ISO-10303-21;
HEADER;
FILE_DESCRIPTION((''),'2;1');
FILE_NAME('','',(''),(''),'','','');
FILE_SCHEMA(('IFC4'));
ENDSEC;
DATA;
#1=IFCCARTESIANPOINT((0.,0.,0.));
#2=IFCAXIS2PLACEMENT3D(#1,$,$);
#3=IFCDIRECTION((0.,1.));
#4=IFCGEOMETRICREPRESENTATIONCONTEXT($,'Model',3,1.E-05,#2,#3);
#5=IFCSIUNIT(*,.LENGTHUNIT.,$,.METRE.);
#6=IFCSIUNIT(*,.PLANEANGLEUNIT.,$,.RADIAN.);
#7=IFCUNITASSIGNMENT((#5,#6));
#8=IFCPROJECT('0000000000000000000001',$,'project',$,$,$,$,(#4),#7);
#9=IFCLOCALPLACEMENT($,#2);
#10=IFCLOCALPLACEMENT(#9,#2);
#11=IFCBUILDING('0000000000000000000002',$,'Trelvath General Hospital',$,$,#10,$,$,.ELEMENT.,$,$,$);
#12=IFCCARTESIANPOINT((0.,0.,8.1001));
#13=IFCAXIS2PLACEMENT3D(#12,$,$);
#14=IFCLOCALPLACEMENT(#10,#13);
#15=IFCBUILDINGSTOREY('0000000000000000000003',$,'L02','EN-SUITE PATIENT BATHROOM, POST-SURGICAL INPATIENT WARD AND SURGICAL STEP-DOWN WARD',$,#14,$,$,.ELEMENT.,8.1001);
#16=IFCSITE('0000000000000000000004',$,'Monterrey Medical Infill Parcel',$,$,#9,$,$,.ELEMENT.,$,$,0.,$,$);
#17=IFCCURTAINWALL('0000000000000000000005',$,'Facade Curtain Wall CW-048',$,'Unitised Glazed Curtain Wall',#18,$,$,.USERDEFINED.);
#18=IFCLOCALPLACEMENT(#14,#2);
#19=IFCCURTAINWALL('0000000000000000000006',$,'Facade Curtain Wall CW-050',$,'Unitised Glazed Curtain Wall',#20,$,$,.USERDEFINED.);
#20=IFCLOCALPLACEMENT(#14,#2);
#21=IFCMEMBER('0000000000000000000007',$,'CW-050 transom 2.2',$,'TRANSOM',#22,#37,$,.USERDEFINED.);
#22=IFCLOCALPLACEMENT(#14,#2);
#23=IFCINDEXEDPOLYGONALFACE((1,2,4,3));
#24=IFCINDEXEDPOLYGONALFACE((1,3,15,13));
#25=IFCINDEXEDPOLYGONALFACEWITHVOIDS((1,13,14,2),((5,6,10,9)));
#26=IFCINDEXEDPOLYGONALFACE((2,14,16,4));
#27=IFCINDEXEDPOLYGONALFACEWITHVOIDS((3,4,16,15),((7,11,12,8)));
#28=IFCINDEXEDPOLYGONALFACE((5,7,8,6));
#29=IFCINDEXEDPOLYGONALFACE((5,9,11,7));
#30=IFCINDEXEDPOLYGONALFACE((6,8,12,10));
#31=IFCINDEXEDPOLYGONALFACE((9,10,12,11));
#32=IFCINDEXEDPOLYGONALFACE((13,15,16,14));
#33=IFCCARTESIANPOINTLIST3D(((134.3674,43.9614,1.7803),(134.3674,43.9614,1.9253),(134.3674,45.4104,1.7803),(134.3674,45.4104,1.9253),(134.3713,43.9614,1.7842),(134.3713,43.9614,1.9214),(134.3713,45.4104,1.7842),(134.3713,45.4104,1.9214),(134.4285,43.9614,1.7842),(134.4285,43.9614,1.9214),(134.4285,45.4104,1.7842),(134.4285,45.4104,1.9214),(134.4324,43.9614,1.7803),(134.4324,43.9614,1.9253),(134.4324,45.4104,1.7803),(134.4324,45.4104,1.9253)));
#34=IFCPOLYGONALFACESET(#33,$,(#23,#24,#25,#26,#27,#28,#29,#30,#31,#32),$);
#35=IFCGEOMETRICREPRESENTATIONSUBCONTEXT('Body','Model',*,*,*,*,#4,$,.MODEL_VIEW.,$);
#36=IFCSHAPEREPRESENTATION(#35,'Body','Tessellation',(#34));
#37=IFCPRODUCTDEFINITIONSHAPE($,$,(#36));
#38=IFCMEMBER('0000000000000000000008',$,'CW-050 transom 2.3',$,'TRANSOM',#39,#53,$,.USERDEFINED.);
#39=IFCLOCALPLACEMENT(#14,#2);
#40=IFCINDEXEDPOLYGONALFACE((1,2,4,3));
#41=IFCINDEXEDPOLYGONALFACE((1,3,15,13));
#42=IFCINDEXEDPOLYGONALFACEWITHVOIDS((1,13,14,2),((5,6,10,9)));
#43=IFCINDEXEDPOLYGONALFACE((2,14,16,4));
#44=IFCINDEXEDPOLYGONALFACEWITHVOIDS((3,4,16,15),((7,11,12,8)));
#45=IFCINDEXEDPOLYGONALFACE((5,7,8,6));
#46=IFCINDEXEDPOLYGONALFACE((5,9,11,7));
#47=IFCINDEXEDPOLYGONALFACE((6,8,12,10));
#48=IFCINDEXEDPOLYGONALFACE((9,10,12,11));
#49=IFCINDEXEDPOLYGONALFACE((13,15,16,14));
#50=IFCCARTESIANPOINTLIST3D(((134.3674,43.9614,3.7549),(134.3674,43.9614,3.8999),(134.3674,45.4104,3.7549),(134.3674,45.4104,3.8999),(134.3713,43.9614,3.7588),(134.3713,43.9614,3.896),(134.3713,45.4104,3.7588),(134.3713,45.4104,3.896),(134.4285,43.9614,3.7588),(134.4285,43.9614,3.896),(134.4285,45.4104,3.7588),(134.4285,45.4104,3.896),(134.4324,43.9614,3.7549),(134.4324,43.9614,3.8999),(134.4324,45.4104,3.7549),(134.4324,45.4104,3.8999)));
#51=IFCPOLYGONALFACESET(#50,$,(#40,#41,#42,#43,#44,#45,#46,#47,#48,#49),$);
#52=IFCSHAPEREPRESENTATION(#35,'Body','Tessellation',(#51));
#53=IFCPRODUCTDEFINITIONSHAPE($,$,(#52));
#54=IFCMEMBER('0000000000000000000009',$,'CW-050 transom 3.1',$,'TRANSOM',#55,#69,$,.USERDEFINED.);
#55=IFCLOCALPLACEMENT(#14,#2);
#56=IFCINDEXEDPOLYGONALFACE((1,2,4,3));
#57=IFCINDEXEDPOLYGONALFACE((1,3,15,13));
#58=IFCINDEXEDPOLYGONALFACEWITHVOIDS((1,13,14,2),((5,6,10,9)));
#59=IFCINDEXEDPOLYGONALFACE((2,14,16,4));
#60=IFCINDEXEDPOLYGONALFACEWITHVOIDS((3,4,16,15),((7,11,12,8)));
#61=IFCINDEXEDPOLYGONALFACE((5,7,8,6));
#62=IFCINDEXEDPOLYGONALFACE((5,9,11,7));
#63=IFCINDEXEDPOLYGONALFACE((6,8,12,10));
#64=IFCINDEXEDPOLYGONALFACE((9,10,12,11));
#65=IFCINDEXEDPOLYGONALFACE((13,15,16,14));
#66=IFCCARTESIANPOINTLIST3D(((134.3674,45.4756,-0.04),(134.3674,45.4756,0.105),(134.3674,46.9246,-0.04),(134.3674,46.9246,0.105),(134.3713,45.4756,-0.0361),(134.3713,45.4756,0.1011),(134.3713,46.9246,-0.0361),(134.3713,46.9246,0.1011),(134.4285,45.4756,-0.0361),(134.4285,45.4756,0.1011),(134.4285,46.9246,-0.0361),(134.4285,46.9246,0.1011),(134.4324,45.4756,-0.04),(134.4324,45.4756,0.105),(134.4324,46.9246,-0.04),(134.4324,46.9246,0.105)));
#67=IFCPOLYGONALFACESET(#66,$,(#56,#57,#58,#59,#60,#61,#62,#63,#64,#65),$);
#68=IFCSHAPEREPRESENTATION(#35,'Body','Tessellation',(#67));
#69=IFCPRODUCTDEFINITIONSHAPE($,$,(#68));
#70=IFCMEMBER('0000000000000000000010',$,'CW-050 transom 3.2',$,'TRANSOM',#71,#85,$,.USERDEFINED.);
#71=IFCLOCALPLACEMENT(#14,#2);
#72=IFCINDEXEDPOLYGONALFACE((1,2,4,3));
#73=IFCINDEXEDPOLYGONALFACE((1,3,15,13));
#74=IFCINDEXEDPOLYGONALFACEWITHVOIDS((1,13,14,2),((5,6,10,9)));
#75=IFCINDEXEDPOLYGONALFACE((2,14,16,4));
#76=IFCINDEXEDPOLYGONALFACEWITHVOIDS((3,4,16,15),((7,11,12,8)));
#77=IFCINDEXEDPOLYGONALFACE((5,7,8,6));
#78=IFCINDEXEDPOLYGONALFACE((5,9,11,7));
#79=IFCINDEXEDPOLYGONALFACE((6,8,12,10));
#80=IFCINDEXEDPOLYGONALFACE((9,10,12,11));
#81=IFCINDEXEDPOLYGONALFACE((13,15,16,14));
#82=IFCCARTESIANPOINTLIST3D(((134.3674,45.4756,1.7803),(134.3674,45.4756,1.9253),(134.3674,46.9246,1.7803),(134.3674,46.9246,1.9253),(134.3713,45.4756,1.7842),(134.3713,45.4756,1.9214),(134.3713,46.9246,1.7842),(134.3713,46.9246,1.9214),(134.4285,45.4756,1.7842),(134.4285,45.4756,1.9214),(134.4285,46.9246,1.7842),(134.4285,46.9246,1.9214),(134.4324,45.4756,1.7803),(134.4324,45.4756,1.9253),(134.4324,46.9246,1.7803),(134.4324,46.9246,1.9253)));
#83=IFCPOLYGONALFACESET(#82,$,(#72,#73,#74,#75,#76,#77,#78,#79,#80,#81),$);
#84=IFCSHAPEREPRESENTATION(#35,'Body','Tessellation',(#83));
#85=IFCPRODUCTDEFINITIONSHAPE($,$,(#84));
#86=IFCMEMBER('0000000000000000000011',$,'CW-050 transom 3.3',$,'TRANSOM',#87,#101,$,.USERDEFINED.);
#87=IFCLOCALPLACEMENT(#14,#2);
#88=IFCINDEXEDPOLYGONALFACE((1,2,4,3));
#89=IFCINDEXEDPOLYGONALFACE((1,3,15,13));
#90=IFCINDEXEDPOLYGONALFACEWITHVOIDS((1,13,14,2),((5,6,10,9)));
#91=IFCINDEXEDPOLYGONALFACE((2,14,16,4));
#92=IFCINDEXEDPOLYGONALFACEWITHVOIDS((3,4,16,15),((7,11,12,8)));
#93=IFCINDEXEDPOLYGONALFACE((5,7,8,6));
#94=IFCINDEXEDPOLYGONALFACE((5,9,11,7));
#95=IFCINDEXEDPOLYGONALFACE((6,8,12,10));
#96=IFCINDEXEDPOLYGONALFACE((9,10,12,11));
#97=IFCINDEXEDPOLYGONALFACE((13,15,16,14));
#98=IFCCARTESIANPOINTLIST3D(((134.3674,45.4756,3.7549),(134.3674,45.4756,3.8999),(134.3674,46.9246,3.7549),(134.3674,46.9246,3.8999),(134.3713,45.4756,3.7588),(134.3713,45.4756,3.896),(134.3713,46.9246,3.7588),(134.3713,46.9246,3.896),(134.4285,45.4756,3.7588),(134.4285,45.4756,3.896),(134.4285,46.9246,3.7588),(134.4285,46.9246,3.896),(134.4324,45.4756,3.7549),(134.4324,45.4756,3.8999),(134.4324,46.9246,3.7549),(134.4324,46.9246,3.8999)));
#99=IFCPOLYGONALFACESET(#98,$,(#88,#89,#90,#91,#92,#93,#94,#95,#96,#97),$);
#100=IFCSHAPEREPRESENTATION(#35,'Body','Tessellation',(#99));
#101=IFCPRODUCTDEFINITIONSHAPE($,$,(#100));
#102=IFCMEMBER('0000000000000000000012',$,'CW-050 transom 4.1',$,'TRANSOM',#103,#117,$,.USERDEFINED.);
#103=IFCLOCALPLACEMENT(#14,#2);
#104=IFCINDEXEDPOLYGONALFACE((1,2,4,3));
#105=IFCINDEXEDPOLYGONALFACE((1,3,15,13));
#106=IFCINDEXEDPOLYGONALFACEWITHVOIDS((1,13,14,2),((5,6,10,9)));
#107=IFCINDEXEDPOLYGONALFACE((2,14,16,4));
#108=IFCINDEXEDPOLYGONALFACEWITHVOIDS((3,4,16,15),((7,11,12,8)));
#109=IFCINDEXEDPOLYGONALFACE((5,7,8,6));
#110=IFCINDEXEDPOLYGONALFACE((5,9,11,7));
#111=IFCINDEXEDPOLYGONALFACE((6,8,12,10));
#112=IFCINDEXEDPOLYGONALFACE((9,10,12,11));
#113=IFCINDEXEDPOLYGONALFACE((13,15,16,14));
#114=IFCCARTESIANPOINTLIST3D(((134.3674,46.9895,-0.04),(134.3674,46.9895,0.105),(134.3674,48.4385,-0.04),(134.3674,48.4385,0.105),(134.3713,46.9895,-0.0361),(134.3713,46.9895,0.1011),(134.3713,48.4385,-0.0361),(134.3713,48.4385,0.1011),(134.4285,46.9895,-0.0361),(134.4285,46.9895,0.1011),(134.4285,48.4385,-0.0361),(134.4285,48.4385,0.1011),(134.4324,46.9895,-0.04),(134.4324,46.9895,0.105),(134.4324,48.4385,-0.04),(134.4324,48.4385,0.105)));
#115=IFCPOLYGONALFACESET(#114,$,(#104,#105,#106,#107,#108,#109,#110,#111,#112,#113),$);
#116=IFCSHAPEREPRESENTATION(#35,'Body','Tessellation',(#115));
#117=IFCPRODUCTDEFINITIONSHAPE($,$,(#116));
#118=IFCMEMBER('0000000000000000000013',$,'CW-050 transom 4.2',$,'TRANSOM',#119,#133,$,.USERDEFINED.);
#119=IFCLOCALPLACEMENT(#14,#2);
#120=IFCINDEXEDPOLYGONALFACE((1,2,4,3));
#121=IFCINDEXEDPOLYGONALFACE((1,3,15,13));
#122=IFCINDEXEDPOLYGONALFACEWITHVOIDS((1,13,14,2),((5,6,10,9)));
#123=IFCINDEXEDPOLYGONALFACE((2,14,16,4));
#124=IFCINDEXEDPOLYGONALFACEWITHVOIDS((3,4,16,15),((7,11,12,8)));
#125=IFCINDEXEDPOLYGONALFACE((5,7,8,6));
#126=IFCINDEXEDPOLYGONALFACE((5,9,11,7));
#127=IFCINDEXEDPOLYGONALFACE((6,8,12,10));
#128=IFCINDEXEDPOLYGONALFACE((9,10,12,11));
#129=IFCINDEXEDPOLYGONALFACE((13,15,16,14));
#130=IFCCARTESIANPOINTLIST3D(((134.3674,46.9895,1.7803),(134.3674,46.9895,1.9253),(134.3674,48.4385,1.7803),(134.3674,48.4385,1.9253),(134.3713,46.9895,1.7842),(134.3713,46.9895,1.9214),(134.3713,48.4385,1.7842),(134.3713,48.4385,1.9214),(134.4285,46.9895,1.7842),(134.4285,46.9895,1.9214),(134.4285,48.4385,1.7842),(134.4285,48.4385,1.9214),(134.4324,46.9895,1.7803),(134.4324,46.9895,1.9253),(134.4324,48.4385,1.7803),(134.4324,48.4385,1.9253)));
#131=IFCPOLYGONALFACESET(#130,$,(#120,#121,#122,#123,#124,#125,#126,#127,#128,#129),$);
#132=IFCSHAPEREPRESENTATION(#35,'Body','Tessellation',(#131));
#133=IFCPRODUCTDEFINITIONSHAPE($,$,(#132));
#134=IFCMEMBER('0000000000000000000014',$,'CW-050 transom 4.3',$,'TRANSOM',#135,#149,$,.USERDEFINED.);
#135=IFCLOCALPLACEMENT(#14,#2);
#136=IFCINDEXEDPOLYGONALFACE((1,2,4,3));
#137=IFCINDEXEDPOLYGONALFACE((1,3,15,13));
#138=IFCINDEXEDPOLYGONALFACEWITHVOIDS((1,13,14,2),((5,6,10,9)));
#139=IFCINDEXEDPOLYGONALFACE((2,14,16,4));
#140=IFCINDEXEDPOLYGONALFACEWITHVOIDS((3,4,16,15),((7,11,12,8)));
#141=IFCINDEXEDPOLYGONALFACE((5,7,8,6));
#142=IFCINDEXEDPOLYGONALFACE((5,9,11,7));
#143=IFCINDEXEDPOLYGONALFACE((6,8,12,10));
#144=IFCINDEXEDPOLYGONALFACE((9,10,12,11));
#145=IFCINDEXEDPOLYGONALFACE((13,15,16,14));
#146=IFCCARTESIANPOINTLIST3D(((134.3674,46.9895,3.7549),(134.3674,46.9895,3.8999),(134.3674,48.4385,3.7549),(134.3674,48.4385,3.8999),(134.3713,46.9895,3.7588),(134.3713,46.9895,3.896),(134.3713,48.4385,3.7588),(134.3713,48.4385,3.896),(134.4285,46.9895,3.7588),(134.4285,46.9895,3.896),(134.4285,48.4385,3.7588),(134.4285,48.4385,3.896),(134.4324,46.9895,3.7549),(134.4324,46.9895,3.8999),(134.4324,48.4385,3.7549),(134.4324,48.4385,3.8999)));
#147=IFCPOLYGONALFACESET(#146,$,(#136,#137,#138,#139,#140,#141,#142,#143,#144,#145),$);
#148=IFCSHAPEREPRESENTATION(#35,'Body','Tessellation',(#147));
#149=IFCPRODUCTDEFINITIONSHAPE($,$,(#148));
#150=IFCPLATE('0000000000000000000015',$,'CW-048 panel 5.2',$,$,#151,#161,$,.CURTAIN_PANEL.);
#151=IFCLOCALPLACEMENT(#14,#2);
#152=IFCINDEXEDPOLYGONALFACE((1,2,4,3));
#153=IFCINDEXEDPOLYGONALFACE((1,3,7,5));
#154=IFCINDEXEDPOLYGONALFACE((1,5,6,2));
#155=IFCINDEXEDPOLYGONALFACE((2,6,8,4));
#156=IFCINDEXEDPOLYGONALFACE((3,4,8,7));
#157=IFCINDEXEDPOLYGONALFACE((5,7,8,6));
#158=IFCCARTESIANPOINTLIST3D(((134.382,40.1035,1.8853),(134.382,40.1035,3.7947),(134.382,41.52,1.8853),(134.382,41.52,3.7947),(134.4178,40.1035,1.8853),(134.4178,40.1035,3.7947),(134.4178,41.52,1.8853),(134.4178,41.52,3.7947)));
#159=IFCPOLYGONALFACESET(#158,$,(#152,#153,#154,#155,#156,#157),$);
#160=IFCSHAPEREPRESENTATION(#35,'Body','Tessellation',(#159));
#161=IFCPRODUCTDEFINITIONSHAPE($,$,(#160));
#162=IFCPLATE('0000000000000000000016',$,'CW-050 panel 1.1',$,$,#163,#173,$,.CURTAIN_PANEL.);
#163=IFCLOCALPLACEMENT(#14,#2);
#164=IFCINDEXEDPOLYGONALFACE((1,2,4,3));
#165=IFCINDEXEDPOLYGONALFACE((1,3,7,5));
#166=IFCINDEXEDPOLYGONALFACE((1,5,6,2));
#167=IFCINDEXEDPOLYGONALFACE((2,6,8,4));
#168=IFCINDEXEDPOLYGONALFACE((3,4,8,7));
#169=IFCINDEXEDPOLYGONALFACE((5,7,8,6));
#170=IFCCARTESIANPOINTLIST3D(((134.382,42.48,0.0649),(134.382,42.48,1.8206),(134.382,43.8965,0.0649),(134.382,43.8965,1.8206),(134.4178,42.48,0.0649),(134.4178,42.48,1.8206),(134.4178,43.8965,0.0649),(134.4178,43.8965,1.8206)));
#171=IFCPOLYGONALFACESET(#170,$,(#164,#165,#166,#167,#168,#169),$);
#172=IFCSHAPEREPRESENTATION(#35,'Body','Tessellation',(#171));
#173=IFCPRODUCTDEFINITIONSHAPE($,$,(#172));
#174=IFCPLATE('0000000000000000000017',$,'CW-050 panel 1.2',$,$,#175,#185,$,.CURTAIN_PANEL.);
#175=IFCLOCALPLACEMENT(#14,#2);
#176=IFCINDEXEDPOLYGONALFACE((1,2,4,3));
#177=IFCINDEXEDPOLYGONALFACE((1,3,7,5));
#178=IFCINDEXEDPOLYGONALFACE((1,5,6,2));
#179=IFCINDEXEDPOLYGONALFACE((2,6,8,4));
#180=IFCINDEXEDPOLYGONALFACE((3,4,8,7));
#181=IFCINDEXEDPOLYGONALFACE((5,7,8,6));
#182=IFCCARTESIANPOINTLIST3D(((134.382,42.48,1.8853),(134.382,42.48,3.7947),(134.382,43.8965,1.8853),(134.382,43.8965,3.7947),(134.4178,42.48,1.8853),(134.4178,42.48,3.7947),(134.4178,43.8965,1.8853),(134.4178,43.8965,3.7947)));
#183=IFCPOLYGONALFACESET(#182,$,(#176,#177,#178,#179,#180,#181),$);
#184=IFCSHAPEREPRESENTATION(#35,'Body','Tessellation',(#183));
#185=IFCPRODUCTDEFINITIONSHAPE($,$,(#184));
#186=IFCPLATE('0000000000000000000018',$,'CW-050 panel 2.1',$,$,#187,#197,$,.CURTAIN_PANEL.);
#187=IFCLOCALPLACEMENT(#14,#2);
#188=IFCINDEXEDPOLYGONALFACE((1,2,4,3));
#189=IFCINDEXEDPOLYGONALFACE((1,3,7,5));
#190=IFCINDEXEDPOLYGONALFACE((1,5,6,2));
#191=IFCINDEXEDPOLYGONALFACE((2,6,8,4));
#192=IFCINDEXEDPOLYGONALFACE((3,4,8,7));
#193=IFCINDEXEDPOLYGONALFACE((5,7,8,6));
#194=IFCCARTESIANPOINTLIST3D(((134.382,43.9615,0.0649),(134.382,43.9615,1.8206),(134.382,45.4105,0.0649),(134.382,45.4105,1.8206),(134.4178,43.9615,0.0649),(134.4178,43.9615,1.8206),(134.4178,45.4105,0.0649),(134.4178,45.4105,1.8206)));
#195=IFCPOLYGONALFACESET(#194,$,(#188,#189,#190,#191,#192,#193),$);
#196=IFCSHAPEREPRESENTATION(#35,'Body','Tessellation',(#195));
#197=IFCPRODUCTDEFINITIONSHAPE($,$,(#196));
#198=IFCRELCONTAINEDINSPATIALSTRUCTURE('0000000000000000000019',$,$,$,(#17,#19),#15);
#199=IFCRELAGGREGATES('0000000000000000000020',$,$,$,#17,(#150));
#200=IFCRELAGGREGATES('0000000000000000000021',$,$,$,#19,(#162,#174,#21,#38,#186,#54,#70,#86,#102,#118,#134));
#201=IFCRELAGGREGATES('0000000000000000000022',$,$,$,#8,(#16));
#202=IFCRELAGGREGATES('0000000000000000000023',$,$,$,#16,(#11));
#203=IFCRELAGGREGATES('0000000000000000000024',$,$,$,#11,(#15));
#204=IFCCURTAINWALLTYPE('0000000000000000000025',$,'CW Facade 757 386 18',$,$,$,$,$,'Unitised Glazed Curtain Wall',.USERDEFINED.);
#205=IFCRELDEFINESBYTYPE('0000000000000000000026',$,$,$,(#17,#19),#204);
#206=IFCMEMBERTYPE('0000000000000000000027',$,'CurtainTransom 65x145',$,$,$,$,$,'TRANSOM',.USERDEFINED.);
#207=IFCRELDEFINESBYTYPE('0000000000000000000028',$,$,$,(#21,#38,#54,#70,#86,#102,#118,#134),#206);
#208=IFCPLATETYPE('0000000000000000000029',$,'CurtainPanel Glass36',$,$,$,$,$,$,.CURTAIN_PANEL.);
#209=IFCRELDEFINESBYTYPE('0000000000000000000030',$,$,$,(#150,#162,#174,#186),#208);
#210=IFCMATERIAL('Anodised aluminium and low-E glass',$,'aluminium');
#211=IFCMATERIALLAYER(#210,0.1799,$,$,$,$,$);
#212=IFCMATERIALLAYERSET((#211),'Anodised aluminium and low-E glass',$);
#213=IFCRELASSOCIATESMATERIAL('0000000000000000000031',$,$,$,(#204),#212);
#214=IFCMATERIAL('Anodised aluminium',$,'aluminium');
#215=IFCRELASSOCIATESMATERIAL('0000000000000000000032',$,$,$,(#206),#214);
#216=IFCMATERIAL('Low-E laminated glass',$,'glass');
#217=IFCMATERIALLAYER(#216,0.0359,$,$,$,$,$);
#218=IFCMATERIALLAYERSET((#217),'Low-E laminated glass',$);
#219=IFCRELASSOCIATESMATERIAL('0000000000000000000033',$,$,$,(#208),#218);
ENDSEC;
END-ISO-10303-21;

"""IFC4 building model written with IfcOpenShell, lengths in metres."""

from ifc_helpers import new_model, si_unit, direction, frame, origin, origin_2d, place, context, subcontext, project, spatial, rectangle, hollow_rectangle, extrude, material, layer, layer_set, material_profile, profile_set, type_object, element, aggregate, save


model = new_model("IFC4")

# Units and contexts
model_context = context("Model", 3, precision=1e-05, world=origin(), true_north=direction((0.0, 1.0)))
body_context = subcontext(model_context, "Body", "Model", "MODEL_VIEW")
ifc_project = project(units=[si_unit("LENGTHUNIT", "METRE"), si_unit("PLANEANGLEUNIT", "RADIAN")], contexts=[model_context])

# Site, building, storey
site_placement = place(None, origin())
site = spatial("IfcSite", under=ifc_project, at=site_placement, Name="Monterrey Medical Infill Parcel", CompositionType="ELEMENT", RefElevation=0.0)
building_placement = place(site_placement, origin())
building = spatial("IfcBuilding", under=site, at=building_placement, Name="Trelvath General Hospital", CompositionType="ELEMENT")
storey_placement = place(building_placement, frame((0.0, 0.0, 8.1001)))
storey = spatial("IfcBuildingStorey", under=building, at=storey_placement, Name="L02", Description="EN-SUITE PATIENT BATHROOM, POST-SURGICAL INPATIENT WARD AND SURGICAL STEP-DOWN WARD", CompositionType="ELEMENT", Elevation=8.1001)

# Curtain wall
ifc_material_1 = material(Name="Anodised aluminium and low-E glass", Category="aluminium")
ifc_layer_1 = layer(ifc_material_1, 0.1799)
ifc_layer_set_1 = layer_set([ifc_layer_1], Name="Anodised aluminium and low-E glass")
curtain_wall_type = type_object("IfcCurtainWallType", Name="CW Facade 757 386 18", ElementType="Unitised Glazed Curtain Wall", PredefinedType="USERDEFINED", material=ifc_layer_set_1)
curtain_wall_1_placement = place(storey_placement, origin())
curtain_wall_1 = element("IfcCurtainWall", 1, at=curtain_wall_1_placement, inside=storey, type_object=curtain_wall_type, Name="Facade Curtain Wall CW-048", ObjectType="Unitised Glazed Curtain Wall", PredefinedType="USERDEFINED")

# Curtain wall, members
curtain_wall_2_placement = place(storey_placement, origin())
curtain_wall_2 = element("IfcCurtainWall", 2, at=curtain_wall_2_placement, inside=storey, type_object=curtain_wall_type, Name="Facade Curtain Wall CW-050", ObjectType="Unitised Glazed Curtain Wall", PredefinedType="USERDEFINED")
ifc_material_2 = material(Name="Anodised aluminium", Category="aluminium")
ifc_material_profile_1 = material_profile(ifc_material_2, hollow_rectangle(XDim=0.0649, YDim=0.145, WallThickness=0.0039, at=origin_2d()), Name="RHS65x145x4")
ifc_profile_set_1 = profile_set([ifc_material_profile_1], Name="Anodised aluminium")
member_type_1 = type_object("IfcMemberType", Name="CurtainTransom 65x145", ElementType="TRANSOM", PredefinedType="USERDEFINED", material=ifc_profile_set_1)
member_1_placement = place(storey_placement, frame((134.3999, 43.9614, 1.8528), z_axis=(0.0, 1.0, 0.0), x_axis=(-1.0, 0.0, 0.0)))
member_1 = element("IfcMember", 3, at=member_1_placement, type_object=member_type_1, Name="CW-050 transom 2.2", ObjectType="TRANSOM", PredefinedType="USERDEFINED", context=body_context, shape_type="SweptSolid", body=[
    extrude(hollow_rectangle(XDim=0.0649, YDim=0.145, WallThickness=0.0039, at=origin_2d()), origin(), (0.0, 0.0, 1.0), 1.449),
])
member_2_placement = place(storey_placement, frame((134.3999, 43.9614, 3.8274), z_axis=(0.0, 1.0, 0.0), x_axis=(-1.0, 0.0, 0.0)))
member_2 = element("IfcMember", 4, at=member_2_placement, type_object=member_type_1, Name="CW-050 transom 2.3", ObjectType="TRANSOM", PredefinedType="USERDEFINED", context=body_context, shape_type="SweptSolid", body=[
    extrude(hollow_rectangle(XDim=0.0649, YDim=0.145, WallThickness=0.0039, at=origin_2d()), origin(), (0.0, 0.0, 1.0), 1.449),
])
member_3_placement = place(storey_placement, frame((134.3999, 45.4756, 0.0325), z_axis=(0.0, 1.0, 0.0), x_axis=(-1.0, 0.0, 0.0)))
member_3 = element("IfcMember", 5, at=member_3_placement, type_object=member_type_1, Name="CW-050 transom 3.1", ObjectType="TRANSOM", PredefinedType="USERDEFINED", context=body_context, shape_type="SweptSolid", body=[
    extrude(hollow_rectangle(XDim=0.0649, YDim=0.145, WallThickness=0.0039, at=origin_2d()), origin(), (0.0, 0.0, 1.0), 1.449),
])
member_4_placement = place(storey_placement, frame((134.3999, 45.4756, 1.8528), z_axis=(0.0, 1.0, 0.0), x_axis=(-1.0, 0.0, 0.0)))
member_4 = element("IfcMember", 6, at=member_4_placement, type_object=member_type_1, Name="CW-050 transom 3.2", ObjectType="TRANSOM", PredefinedType="USERDEFINED", context=body_context, shape_type="SweptSolid", body=[
    extrude(hollow_rectangle(XDim=0.0649, YDim=0.145, WallThickness=0.0039, at=origin_2d()), origin(), (0.0, 0.0, 1.0), 1.449),
])
member_5_placement = place(storey_placement, frame((134.3999, 45.4756, 3.8274), z_axis=(0.0, 1.0, 0.0), x_axis=(-1.0, 0.0, 0.0)))
member_5 = element("IfcMember", 7, at=member_5_placement, type_object=member_type_1, Name="CW-050 transom 3.3", ObjectType="TRANSOM", PredefinedType="USERDEFINED", context=body_context, shape_type="SweptSolid", body=[
    extrude(hollow_rectangle(XDim=0.0649, YDim=0.145, WallThickness=0.0039, at=origin_2d()), origin(), (0.0, 0.0, 1.0), 1.449),
])
member_6_placement = place(storey_placement, frame((134.3999, 46.9895, 0.0325), z_axis=(0.0, 1.0, 0.0), x_axis=(-1.0, 0.0, 0.0)))
member_6 = element("IfcMember", 8, at=member_6_placement, type_object=member_type_1, Name="CW-050 transom 4.1", ObjectType="TRANSOM", PredefinedType="USERDEFINED", context=body_context, shape_type="SweptSolid", body=[
    extrude(hollow_rectangle(XDim=0.0649, YDim=0.145, WallThickness=0.0039, at=origin_2d()), origin(), (0.0, 0.0, 1.0), 1.449),
])
member_7_placement = place(storey_placement, frame((134.3999, 46.9895, 1.8528), z_axis=(0.0, 1.0, 0.0), x_axis=(-1.0, 0.0, 0.0)))
member_7 = element("IfcMember", 9, at=member_7_placement, type_object=member_type_1, Name="CW-050 transom 4.2", ObjectType="TRANSOM", PredefinedType="USERDEFINED", context=body_context, shape_type="SweptSolid", body=[
    extrude(hollow_rectangle(XDim=0.0649, YDim=0.145, WallThickness=0.0039, at=origin_2d()), origin(), (0.0, 0.0, 1.0), 1.449),
])
member_8_placement = place(storey_placement, frame((134.3999, 46.9895, 3.8274), z_axis=(0.0, 1.0, 0.0), x_axis=(-1.0, 0.0, 0.0)))
member_8 = element("IfcMember", 10, at=member_8_placement, type_object=member_type_1, Name="CW-050 transom 4.3", ObjectType="TRANSOM", PredefinedType="USERDEFINED", context=body_context, shape_type="SweptSolid", body=[
    extrude(hollow_rectangle(XDim=0.0649, YDim=0.145, WallThickness=0.0039, at=origin_2d()), origin(), (0.0, 0.0, 1.0), 1.449),
])

# Plates
ifc_material_3 = material(Name="Low-E laminated glass", Category="glass")
ifc_layer_2 = layer(ifc_material_3, 0.0359)
ifc_layer_set_2 = layer_set([ifc_layer_2], Name="Low-E laminated glass")
plate_type = type_object("IfcPlateType", Name="CurtainPanel Glass36", PredefinedType="CURTAIN_PANEL", material=ifc_layer_set_2)
plate_1_placement = place(storey_placement, frame((134.3999, 40.8118, 1.8853), z_axis=(0.0, 0.0, 1.0), x_axis=(0.0, 1.0, 0.0)))
plate_1 = element("IfcPlate", 11, at=plate_1_placement, type_object=plate_type, Name="CW-048 panel 5.2", PredefinedType="CURTAIN_PANEL", context=body_context, shape_type="SweptSolid", body=[
    extrude(rectangle(XDim=1.4165, YDim=0.0359, at=origin_2d()), origin(), (0.0, 0.0, 1.0), 1.9094),
])
aggregate(curtain_wall_1, [plate_1])
plate_2_placement = place(storey_placement, frame((134.3999, 43.1882, 0.0649), z_axis=(0.0, 0.0, 1.0), x_axis=(0.0, 1.0, 0.0)))
plate_2 = element("IfcPlate", 12, at=plate_2_placement, type_object=plate_type, Name="CW-050 panel 1.1", PredefinedType="CURTAIN_PANEL", context=body_context, shape_type="SweptSolid", body=[
    extrude(rectangle(XDim=1.4165, YDim=0.0359, at=origin_2d()), origin(), (0.0, 0.0, 1.0), 1.7556),
])
plate_3_placement = place(storey_placement, frame((134.3999, 43.1882, 1.8853), z_axis=(0.0, 0.0, 1.0), x_axis=(0.0, 1.0, 0.0)))
plate_3 = element("IfcPlate", 13, at=plate_3_placement, type_object=plate_type, Name="CW-050 panel 1.2", PredefinedType="CURTAIN_PANEL", context=body_context, shape_type="SweptSolid", body=[
    extrude(rectangle(XDim=1.4165, YDim=0.0359, at=origin_2d()), origin(), (0.0, 0.0, 1.0), 1.9094),
])
plate_4_placement = place(storey_placement, frame((134.3999, 44.686, 0.0649), z_axis=(0.0, 0.0, 1.0), x_axis=(0.0, 1.0, 0.0)))
plate_4 = element("IfcPlate", 14, at=plate_4_placement, type_object=plate_type, Name="CW-050 panel 2.1", PredefinedType="CURTAIN_PANEL", context=body_context, shape_type="SweptSolid", body=[
    extrude(rectangle(XDim=1.449, YDim=0.0359, at=origin_2d()), origin(), (0.0, 0.0, 1.0), 1.7556),
])
aggregate(curtain_wall_2, [plate_2, plate_3, member_1, member_2, plate_4, member_3, member_4, member_5, member_6, member_7, member_8])

save(model, "model.ifc")
